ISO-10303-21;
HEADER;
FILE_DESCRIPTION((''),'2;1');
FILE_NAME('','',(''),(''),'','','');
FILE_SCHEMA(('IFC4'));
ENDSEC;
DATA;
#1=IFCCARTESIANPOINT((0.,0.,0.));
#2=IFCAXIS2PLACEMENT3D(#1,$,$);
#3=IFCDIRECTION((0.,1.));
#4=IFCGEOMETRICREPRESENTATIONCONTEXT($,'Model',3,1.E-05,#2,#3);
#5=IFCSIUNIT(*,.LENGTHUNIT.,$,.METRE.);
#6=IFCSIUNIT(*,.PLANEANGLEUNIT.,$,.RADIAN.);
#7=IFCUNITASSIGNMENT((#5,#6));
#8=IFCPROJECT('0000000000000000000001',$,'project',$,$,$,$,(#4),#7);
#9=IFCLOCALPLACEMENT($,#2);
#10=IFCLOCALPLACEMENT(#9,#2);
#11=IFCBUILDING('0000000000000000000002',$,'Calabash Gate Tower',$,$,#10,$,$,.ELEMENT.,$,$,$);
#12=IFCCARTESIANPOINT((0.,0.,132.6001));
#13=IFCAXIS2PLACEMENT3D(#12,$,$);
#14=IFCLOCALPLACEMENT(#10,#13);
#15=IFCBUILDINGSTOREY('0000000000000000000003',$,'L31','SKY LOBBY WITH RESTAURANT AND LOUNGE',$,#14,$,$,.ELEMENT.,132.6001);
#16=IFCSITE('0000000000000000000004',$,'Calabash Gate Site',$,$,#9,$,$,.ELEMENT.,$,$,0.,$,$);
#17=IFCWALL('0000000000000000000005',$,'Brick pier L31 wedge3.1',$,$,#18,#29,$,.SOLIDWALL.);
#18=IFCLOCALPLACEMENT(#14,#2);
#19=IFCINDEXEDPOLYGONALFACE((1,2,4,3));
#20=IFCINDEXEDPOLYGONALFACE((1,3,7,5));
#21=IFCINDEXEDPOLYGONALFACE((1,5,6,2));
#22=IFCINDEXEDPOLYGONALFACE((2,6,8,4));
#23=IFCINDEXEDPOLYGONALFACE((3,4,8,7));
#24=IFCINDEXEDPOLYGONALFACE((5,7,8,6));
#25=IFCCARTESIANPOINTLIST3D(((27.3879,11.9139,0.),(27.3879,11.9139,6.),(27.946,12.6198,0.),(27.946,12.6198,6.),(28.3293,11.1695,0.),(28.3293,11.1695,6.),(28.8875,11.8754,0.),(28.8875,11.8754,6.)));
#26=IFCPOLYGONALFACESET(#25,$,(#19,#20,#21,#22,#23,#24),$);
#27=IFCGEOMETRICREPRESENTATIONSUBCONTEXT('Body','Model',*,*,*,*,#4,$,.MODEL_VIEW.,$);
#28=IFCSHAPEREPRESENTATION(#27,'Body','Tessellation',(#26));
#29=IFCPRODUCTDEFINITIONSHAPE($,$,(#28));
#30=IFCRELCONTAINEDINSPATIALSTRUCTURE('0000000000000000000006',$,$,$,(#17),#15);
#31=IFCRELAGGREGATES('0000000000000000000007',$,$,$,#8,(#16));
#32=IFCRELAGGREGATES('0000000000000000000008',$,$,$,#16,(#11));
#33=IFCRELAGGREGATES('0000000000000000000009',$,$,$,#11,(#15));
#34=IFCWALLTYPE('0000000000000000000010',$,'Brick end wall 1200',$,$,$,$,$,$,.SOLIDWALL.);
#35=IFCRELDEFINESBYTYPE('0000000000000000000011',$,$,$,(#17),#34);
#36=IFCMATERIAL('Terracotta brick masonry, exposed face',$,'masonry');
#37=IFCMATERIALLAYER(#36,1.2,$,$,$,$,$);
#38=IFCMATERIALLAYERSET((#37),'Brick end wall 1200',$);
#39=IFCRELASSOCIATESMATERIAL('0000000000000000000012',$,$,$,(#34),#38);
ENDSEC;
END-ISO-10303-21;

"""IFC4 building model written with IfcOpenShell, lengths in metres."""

from ifc_helpers import new_model, si_unit, direction, frame, frame_2d, origin, place, context, subcontext, project, spatial, rectangle, extrude, material, layer, layer_set, type_object, element, save


model = new_model("IFC4")

# Units and contexts
model_context = context("Model", 3, precision=1e-05, world=origin(), true_north=direction((0.0, 1.0)))
body_context = subcontext(model_context, "Body", "Model", "MODEL_VIEW")
ifc_project = project(units=[si_unit("LENGTHUNIT", "METRE"), si_unit("PLANEANGLEUNIT", "RADIAN")], contexts=[model_context])

# Site, building, storey
site_placement = place(None, origin())
site = spatial("IfcSite", under=ifc_project, at=site_placement, Name="Calabash Gate Site", CompositionType="ELEMENT", RefElevation=0.0)
building_placement = place(site_placement, origin())
building = spatial("IfcBuilding", under=site, at=building_placement, Name="Calabash Gate Tower", CompositionType="ELEMENT")
storey_placement = place(building_placement, frame((0.0, 0.0, 132.6001)))
storey = spatial("IfcBuildingStorey", under=building, at=storey_placement, Name="L31", Description="SKY LOBBY WITH RESTAURANT AND LOUNGE", CompositionType="ELEMENT", Elevation=132.6001)

# Wall
ifc_material_1 = material(Name="Terracotta brick masonry, exposed face", Category="masonry")
ifc_layer_1 = layer(ifc_material_1, 1.2)
ifc_layer_set_1 = layer_set([ifc_layer_1], Name="Brick end wall 1200")
wall_type = type_object("IfcWallType", Name="Brick end wall 1200", PredefinedType="SOLIDWALL", material=ifc_layer_set_1)
wall_placement = place(storey_placement, frame((28.6084, 11.5225, 0.0), z_axis=(0.0, 0.0, 1.0), x_axis=(-0.784409, 0.620244, 0.0)))
element("IfcWall", 1, at=wall_placement, inside=storey, type_object=wall_type, Name="Brick pier L31 wedge3.1", PredefinedType="SOLIDWALL", context=body_context, shape_type="SweptSolid", body=[
    extrude(rectangle(XDim=1.2002, YDim=0.8999, at=frame_2d((0.6001, 0.0))), origin(), (0.0, 0.0, 1.0), 6.0),
])

save(model, "model.ifc")
